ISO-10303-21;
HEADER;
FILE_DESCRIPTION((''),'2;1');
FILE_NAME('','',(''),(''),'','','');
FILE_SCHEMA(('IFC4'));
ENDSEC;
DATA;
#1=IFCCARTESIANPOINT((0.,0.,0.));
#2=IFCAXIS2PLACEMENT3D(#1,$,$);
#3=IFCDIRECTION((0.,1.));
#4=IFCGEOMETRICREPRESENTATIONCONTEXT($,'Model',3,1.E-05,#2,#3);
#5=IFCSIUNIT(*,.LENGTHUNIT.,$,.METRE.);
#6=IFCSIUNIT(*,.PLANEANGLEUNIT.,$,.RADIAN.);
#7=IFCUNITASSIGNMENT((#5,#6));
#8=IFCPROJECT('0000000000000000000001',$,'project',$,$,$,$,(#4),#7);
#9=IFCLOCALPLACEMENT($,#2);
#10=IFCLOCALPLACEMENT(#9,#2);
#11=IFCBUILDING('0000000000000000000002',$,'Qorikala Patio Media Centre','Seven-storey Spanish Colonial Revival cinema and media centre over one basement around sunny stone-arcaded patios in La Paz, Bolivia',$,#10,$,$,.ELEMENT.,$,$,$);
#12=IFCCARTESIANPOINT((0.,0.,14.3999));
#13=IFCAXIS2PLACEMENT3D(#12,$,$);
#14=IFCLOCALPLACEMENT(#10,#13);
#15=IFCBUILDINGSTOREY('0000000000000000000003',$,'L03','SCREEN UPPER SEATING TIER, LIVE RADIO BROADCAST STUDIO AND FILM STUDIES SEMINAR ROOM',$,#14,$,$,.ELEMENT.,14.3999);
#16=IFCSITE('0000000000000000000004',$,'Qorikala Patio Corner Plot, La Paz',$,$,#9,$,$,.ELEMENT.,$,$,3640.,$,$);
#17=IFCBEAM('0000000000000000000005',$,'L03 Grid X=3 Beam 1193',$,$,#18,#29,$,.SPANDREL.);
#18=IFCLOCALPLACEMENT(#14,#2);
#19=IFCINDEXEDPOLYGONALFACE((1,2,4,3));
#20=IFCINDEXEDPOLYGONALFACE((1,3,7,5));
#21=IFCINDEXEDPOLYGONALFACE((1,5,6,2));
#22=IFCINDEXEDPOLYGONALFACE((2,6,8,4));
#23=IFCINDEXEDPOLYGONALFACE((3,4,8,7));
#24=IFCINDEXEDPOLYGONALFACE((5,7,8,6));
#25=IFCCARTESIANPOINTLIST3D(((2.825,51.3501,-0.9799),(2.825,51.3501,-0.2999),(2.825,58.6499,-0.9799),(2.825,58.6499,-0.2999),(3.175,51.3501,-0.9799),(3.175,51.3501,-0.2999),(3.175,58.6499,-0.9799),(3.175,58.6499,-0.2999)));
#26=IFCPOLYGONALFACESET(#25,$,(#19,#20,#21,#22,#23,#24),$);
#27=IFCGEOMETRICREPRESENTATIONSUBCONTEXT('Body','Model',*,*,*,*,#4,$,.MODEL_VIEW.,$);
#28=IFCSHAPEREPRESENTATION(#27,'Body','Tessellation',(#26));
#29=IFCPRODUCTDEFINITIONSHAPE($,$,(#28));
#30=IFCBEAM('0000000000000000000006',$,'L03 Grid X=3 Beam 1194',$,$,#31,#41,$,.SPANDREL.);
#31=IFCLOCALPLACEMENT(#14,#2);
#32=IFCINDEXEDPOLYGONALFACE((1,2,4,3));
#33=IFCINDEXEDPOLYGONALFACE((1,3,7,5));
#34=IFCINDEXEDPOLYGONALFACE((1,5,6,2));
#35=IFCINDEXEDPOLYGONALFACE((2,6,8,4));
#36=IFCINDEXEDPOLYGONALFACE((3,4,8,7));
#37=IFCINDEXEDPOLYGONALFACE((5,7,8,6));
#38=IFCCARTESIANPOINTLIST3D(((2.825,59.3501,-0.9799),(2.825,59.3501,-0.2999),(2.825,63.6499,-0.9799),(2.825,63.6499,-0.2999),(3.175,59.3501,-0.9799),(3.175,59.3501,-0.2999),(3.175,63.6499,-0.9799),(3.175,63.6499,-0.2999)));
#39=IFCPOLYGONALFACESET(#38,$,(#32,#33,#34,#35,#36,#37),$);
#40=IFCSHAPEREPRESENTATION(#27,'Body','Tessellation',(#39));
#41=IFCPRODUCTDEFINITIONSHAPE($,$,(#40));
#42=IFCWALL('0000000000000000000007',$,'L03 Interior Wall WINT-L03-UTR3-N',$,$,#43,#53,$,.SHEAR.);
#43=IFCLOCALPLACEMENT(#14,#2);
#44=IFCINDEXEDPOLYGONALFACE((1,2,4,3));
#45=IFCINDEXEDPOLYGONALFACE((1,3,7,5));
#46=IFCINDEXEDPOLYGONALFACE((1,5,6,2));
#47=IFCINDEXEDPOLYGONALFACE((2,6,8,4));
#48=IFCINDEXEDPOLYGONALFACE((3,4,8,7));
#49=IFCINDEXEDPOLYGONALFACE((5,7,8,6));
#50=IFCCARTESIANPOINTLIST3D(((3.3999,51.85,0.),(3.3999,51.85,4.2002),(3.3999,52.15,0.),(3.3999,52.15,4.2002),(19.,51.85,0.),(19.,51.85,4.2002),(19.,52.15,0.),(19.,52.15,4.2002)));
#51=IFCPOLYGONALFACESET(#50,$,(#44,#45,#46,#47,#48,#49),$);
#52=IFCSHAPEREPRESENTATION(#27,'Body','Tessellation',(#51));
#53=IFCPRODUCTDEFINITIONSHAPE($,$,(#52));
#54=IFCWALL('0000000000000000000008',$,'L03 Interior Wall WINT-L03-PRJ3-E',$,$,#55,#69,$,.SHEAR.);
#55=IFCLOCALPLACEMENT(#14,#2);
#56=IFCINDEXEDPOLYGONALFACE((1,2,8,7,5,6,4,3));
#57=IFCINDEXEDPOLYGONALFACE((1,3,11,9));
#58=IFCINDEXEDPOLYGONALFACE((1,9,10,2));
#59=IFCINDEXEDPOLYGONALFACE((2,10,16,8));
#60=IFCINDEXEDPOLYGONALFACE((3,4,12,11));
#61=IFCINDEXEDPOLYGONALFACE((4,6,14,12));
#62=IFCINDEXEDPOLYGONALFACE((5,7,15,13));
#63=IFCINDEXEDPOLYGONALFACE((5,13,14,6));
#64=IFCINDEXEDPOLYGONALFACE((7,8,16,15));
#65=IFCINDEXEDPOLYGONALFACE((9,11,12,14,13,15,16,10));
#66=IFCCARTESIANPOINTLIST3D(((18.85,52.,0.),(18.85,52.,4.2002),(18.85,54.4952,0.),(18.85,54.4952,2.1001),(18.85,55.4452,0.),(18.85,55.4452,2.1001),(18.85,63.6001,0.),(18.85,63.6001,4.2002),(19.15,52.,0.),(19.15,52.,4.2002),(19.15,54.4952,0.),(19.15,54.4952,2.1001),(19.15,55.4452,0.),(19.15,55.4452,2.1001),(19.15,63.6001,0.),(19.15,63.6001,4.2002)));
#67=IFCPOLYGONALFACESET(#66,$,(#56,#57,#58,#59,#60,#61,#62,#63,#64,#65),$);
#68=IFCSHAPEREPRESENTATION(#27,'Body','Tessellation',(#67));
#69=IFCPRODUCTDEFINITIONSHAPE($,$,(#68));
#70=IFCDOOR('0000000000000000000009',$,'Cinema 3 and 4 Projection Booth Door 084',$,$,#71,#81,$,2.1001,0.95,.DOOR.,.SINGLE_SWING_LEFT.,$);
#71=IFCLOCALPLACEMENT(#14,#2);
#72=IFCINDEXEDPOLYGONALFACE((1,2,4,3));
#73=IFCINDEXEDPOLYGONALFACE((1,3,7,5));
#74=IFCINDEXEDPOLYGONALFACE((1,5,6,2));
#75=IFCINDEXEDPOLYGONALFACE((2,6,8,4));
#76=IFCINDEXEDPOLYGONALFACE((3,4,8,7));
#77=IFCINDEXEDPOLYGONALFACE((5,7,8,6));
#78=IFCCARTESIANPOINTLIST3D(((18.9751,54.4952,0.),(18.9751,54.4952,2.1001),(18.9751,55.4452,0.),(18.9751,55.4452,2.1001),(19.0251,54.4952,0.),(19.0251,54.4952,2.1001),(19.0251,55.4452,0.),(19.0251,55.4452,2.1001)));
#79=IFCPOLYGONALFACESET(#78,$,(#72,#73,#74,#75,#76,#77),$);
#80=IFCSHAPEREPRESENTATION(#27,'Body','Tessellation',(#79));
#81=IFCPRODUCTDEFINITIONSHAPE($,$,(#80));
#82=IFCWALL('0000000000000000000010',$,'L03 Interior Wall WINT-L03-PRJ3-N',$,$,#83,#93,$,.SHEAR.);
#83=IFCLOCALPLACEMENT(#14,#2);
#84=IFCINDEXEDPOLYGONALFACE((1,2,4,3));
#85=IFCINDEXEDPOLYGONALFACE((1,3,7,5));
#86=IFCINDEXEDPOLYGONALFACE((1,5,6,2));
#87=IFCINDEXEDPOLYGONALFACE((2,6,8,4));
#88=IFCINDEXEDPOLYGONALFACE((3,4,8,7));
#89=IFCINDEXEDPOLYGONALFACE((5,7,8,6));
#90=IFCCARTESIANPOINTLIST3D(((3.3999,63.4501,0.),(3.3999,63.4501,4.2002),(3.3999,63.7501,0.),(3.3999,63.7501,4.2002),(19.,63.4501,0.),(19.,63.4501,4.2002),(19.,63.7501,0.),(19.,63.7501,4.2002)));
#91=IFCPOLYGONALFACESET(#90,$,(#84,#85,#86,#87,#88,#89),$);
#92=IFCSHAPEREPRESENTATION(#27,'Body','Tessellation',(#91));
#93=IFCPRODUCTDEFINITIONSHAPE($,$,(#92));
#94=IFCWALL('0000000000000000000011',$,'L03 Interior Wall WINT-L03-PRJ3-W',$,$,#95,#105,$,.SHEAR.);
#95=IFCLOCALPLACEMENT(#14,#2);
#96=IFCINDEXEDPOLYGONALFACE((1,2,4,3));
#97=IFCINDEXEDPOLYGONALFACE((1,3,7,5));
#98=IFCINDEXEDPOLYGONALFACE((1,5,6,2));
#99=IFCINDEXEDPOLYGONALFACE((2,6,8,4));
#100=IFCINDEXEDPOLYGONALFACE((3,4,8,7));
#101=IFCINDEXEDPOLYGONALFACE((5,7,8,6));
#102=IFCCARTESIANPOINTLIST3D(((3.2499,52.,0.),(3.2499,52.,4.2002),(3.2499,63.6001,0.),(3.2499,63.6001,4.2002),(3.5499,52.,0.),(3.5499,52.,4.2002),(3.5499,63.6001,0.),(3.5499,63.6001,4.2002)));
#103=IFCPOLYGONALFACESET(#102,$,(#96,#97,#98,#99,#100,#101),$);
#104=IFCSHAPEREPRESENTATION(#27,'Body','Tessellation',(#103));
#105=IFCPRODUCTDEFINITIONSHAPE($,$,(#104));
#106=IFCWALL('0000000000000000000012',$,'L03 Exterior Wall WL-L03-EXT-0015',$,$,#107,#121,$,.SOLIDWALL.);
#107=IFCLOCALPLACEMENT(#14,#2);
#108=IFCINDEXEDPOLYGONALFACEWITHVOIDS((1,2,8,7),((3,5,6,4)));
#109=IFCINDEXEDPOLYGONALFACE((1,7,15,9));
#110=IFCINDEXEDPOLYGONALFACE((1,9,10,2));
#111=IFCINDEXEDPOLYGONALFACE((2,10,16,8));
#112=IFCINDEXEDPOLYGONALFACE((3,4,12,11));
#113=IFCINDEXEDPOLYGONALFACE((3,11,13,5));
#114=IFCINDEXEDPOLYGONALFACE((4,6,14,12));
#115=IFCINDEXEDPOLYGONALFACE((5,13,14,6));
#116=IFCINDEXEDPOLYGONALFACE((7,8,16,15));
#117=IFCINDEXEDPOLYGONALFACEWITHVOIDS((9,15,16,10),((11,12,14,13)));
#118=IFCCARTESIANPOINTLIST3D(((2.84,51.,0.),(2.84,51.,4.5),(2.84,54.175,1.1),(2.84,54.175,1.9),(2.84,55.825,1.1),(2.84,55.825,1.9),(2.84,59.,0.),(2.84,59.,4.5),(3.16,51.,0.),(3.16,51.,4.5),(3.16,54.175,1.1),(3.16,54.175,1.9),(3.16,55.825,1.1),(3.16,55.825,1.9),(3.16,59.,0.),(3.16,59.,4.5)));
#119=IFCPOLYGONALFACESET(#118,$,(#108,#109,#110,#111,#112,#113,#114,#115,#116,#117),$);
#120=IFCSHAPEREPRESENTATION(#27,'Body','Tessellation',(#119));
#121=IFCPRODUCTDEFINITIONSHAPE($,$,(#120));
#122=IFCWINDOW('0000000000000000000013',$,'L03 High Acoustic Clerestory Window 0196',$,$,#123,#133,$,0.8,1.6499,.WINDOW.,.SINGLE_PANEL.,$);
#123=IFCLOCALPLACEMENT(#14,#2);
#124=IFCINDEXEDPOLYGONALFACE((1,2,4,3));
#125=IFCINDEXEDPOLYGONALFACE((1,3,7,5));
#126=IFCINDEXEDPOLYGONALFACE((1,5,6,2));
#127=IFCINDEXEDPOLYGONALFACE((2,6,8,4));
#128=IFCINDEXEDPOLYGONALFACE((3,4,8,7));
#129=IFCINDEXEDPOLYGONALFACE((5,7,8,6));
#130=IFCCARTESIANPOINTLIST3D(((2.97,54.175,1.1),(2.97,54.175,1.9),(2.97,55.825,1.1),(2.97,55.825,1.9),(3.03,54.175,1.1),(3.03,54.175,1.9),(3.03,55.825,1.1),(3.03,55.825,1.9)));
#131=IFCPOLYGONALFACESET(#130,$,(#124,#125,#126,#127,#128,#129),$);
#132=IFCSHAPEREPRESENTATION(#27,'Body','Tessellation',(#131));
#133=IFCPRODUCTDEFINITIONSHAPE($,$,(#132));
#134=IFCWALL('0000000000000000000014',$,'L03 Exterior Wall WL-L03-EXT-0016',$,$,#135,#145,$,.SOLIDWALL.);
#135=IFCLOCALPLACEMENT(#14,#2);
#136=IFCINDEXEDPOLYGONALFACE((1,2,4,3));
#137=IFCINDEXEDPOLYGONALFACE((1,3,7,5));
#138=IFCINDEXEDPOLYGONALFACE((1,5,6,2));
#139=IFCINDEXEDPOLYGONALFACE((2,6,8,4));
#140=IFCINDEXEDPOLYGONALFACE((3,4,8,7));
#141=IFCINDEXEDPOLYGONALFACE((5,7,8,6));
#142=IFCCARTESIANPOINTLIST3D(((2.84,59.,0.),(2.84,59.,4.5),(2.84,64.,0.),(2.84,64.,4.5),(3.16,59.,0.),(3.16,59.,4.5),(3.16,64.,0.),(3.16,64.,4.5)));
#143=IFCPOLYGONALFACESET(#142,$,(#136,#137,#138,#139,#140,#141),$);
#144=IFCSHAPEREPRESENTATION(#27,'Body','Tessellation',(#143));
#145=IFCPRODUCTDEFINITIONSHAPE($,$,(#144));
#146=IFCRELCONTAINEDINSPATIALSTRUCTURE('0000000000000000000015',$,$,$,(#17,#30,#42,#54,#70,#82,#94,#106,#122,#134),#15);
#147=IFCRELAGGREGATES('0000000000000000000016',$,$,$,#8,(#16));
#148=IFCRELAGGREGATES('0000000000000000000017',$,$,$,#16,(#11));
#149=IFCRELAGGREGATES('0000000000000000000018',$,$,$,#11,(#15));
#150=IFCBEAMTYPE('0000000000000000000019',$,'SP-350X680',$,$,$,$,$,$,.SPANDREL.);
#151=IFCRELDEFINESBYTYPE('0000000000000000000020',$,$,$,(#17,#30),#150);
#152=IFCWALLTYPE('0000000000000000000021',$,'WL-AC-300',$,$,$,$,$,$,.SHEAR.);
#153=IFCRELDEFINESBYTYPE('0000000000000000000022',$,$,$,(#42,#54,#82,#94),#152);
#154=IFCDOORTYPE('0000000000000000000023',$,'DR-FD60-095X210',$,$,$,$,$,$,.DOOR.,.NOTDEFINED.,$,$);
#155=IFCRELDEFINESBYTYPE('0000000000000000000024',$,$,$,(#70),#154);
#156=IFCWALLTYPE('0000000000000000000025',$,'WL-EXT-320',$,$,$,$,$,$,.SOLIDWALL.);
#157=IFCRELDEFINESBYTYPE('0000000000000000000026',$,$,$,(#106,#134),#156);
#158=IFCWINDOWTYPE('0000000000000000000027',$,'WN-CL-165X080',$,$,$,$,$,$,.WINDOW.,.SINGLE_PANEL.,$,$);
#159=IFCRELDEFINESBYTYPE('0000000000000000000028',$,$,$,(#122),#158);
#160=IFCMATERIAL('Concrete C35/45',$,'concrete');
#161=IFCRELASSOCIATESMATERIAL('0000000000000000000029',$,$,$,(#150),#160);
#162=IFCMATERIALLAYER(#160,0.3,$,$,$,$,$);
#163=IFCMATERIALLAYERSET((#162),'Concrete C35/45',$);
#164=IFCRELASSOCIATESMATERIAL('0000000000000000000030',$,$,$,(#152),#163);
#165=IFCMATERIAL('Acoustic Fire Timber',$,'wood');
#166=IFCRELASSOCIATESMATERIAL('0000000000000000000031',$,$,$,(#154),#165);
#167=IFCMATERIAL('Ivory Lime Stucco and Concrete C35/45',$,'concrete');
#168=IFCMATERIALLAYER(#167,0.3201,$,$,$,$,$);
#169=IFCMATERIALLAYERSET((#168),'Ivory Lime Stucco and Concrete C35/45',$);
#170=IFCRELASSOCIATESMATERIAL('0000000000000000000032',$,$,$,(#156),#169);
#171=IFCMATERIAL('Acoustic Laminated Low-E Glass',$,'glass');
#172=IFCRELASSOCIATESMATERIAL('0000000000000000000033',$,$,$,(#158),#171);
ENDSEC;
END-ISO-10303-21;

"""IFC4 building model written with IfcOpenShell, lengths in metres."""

from ifc_helpers import new_model, si_unit, direction, frame, frame_2d, origin, origin_2d, place, context, subcontext, project, spatial, rectangle, extrude, material, layer, layer_set, material_profile, profile_set, type_object, element, fill, save


model = new_model("IFC4")

# Units and contexts
model_context = context("Model", 3, precision=1e-05, world=origin(), true_north=direction((0.0, 1.0)))
body_context = subcontext(model_context, "Body", "Model", "MODEL_VIEW")
ifc_project = project(units=[si_unit("LENGTHUNIT", "METRE"), si_unit("PLANEANGLEUNIT", "RADIAN")], contexts=[model_context])

# Site, building, storey
site_placement = place(None, origin())
site = spatial("IfcSite", under=ifc_project, at=site_placement, Name="Qorikala Patio Corner Plot, La Paz", CompositionType="ELEMENT", RefElevation=3640.0)
building_placement = place(site_placement, origin())
building = spatial("IfcBuilding", under=site, at=building_placement, Name="Qorikala Patio Media Centre", Description="Seven-storey Spanish Colonial Revival cinema and media centre over one basement around sunny stone-arcaded patios in La Paz, Bolivia", CompositionType="ELEMENT")
storey_placement = place(building_placement, frame((0.0, 0.0, 14.3999)))
storey = spatial("IfcBuildingStorey", under=building, at=storey_placement, Name="L03", Description="SCREEN UPPER SEATING TIER, LIVE RADIO BROADCAST STUDIO AND FILM STUDIES SEMINAR ROOM", CompositionType="ELEMENT", Elevation=14.3999)

# Shared definitions
ifc_material_1 = material(Name="Concrete C35/45", Category="concrete")

# Beams
ifc_material_profile_1 = material_profile(ifc_material_1, rectangle(XDim=0.3501, YDim=0.6799, at=origin_2d()), Name="RC 350x680")
ifc_profile_set_1 = profile_set([ifc_material_profile_1], Name="Concrete C35/45")
beam_type_1 = type_object("IfcBeamType", Name="SP-350X680", PredefinedType="SPANDREL", material=ifc_profile_set_1)
beam_1_placement = place(storey_placement, frame((3.0, 51.3501, -0.6399), z_axis=(0.0, 1.0, 0.0), x_axis=(-1.0, 0.0, 0.0)))
element("IfcBeam", 1, at=beam_1_placement, inside=storey, type_object=beam_type_1, Name="L03 Grid X=3 Beam 1193", PredefinedType="SPANDREL", context=body_context, shape_type="SweptSolid", body=[
    extrude(rectangle(XDim=0.3501, YDim=0.6799, at=origin_2d()), origin(), (0.0, 0.0, 1.0), 7.2998),
])
beam_2_placement = place(storey_placement, frame((3.0, 59.3501, -0.6399), z_axis=(0.0, 1.0, 0.0), x_axis=(-1.0, 0.0, 0.0)))
element("IfcBeam", 2, at=beam_2_placement, inside=storey, type_object=beam_type_1, Name="L03 Grid X=3 Beam 1194", PredefinedType="SPANDREL", context=body_context, shape_type="SweptSolid", body=[
    extrude(rectangle(XDim=0.3501, YDim=0.6799, at=origin_2d()), origin(), (0.0, 0.0, 1.0), 4.2998),
])

# Wall
ifc_layer_1 = layer(ifc_material_1, 0.3)
ifc_layer_set_1 = layer_set([ifc_layer_1], Name="Concrete C35/45")
wall_type_1 = type_object("IfcWallType", Name="WL-AC-300", PredefinedType="SHEAR", material=ifc_layer_set_1)
wall_1_placement = place(storey_placement, frame((3.3999, 52.0, 0.0), z_axis=(0.0, 0.0, 1.0), x_axis=(1.0, 0.0, 0.0)))
element("IfcWall", 3, at=wall_1_placement, inside=storey, type_object=wall_type_1, Name="L03 Interior Wall WINT-L03-UTR3-N", PredefinedType="SHEAR", context=body_context, shape_type="SweptSolid", body=[
    extrude(rectangle(XDim=15.6001, YDim=0.3, at=frame_2d((7.8, 0.0))), origin(), (0.0, 0.0, 1.0), 4.2002),
])

# Wall, opening, door
wall_2_placement = place(storey_placement, frame((19.0, 52.0, 0.0), z_axis=(0.0, 0.0, 1.0), x_axis=(0.0, 1.0, 0.0)))
wall_2 = element("IfcWall", 4, at=wall_2_placement, inside=storey, type_object=wall_type_1, Name="L03 Interior Wall WINT-L03-PRJ3-E", PredefinedType="SHEAR", context=body_context, shape_type="SweptSolid", body=[
    extrude(rectangle(XDim=11.6001, YDim=0.3, at=frame_2d((5.8, 0.0))), origin(), (0.0, 0.0, 1.0), 4.2002),
])
opening_1_placement = place(wall_2_placement, frame((2.4951, 0.0, 0.0)))
opening_1 = element("IfcOpeningElement", 5, at=opening_1_placement, cuts=wall_2, PredefinedType="OPENING", context=body_context, shape_type="SweptSolid", body=[
    extrude(rectangle(XDim=0.95, YDim=2.1001, at=frame_2d((0.4751, 1.05))), frame((0.0, 0.1599, 0.0), z_axis=(0.0, -1.0, 0.0), x_axis=(1.0, 0.0, 0.0)), (0.0, 0.0, 1.0), 0.3201),
])
ifc_material_2 = material(Name="Acoustic Fire Timber", Category="wood")
door_type = type_object("IfcDoorType", Name="DR-FD60-095X210", OperationType="NOTDEFINED", PredefinedType="DOOR", material=ifc_material_2)
door_placement = place(opening_1_placement, origin())
door = element("IfcDoor", 6, at=door_placement, inside=storey, type_object=door_type, Name="Cinema 3 and 4 Projection Booth Door 084", OperationType="SINGLE_SWING_LEFT", OverallHeight=2.1001, OverallWidth=0.95, PredefinedType="DOOR", context=body_context, shape_type="SweptSolid", body=[
    extrude(rectangle(XDim=0.95, YDim=2.1001, at=frame_2d((0.4751, 1.05))), frame((0.0, 0.0249, 0.0), z_axis=(0.0, -1.0, 0.0), x_axis=(1.0, 0.0, 0.0)), (0.0, 0.0, 1.0), 0.05),
])
fill(opening_1, door)

# Walls
wall_3_placement = place(storey_placement, frame((3.3999, 63.6001, 0.0), z_axis=(0.0, 0.0, 1.0), x_axis=(1.0, 0.0, 0.0)))
element("IfcWall", 7, at=wall_3_placement, inside=storey, type_object=wall_type_1, Name="L03 Interior Wall WINT-L03-PRJ3-N", PredefinedType="SHEAR", context=body_context, shape_type="SweptSolid", body=[
    extrude(rectangle(XDim=15.6001, YDim=0.3, at=frame_2d((7.8, 0.0))), origin(), (0.0, 0.0, 1.0), 4.2002),
])
wall_4_placement = place(storey_placement, frame((3.3999, 52.0, 0.0), z_axis=(0.0, 0.0, 1.0), x_axis=(0.0, 1.0, 0.0)))
element("IfcWall", 8, at=wall_4_placement, inside=storey, type_object=wall_type_1, Name="L03 Interior Wall WINT-L03-PRJ3-W", PredefinedType="SHEAR", context=body_context, shape_type="SweptSolid", body=[
    extrude(rectangle(XDim=11.6001, YDim=0.3, at=frame_2d((5.8, 0.0))), origin(), (0.0, 0.0, 1.0), 4.2002),
])

# Wall, opening, window
ifc_material_3 = material(Name="Ivory Lime Stucco and Concrete C35/45", Category="concrete")
ifc_layer_2 = layer(ifc_material_3, 0.3201)
ifc_layer_set_2 = layer_set([ifc_layer_2], Name="Ivory Lime Stucco and Concrete C35/45")
wall_type_2 = type_object("IfcWallType", Name="WL-EXT-320", PredefinedType="SOLIDWALL", material=ifc_layer_set_2)
wall_5_placement = place(storey_placement, frame((3.0, 51.0, 0.0), z_axis=(0.0, 0.0, 1.0), x_axis=(0.0, 1.0, 0.0)))
wall_5 = element("IfcWall", 9, at=wall_5_placement, inside=storey, type_object=wall_type_2, Name="L03 Exterior Wall WL-L03-EXT-0015", PredefinedType="SOLIDWALL", context=body_context, shape_type="SweptSolid", body=[
    extrude(rectangle(XDim=8.0, YDim=0.3201, at=frame_2d((4.0, 0.0))), origin(), (0.0, 0.0, 1.0), 4.5),
])
opening_2_placement = place(wall_5_placement, frame((3.175, 0.0, 1.1001)))
opening_2 = element("IfcOpeningElement", 10, at=opening_2_placement, cuts=wall_5, PredefinedType="OPENING", context=body_context, shape_type="SweptSolid", body=[
    extrude(rectangle(XDim=1.6499, YDim=0.8, at=frame_2d((0.825, 0.3999))), frame((0.0, 0.1699, 0.0), z_axis=(0.0, -1.0, 0.0), x_axis=(1.0, 0.0, 0.0)), (0.0, 0.0, 1.0), 0.3401),
])
ifc_material_4 = material(Name="Acoustic Laminated Low-E Glass", Category="glass")
window_type = type_object("IfcWindowType", Name="WN-CL-165X080", PartitioningType="SINGLE_PANEL", PredefinedType="WINDOW", material=ifc_material_4)
window_placement = place(opening_2_placement, origin())
window = element("IfcWindow", 11, at=window_placement, inside=storey, type_object=window_type, Name="L03 High Acoustic Clerestory Window 0196", OverallHeight=0.8, OverallWidth=1.6499, PartitioningType="SINGLE_PANEL", PredefinedType="WINDOW", context=body_context, shape_type="SweptSolid", body=[
    extrude(rectangle(XDim=1.6499, YDim=0.8, at=frame_2d((0.825, 0.3999))), frame((0.0, 0.03, 0.0), z_axis=(0.0, -1.0, 0.0), x_axis=(1.0, 0.0, 0.0)), (0.0, 0.0, 1.0), 0.0601),
])
fill(opening_2, window)

# Wall
wall_6_placement = place(storey_placement, frame((3.0, 59.0, 0.0), z_axis=(0.0, 0.0, 1.0), x_axis=(0.0, 1.0, 0.0)))
element("IfcWall", 12, at=wall_6_placement, inside=storey, type_object=wall_type_2, Name="L03 Exterior Wall WL-L03-EXT-0016", PredefinedType="SOLIDWALL", context=body_context, shape_type="SweptSolid", body=[
    extrude(rectangle(XDim=5.0, YDim=0.3201, at=frame_2d((2.5, 0.0))), origin(), (0.0, 0.0, 1.0), 4.5),
])

save(model, "model.ifc")
